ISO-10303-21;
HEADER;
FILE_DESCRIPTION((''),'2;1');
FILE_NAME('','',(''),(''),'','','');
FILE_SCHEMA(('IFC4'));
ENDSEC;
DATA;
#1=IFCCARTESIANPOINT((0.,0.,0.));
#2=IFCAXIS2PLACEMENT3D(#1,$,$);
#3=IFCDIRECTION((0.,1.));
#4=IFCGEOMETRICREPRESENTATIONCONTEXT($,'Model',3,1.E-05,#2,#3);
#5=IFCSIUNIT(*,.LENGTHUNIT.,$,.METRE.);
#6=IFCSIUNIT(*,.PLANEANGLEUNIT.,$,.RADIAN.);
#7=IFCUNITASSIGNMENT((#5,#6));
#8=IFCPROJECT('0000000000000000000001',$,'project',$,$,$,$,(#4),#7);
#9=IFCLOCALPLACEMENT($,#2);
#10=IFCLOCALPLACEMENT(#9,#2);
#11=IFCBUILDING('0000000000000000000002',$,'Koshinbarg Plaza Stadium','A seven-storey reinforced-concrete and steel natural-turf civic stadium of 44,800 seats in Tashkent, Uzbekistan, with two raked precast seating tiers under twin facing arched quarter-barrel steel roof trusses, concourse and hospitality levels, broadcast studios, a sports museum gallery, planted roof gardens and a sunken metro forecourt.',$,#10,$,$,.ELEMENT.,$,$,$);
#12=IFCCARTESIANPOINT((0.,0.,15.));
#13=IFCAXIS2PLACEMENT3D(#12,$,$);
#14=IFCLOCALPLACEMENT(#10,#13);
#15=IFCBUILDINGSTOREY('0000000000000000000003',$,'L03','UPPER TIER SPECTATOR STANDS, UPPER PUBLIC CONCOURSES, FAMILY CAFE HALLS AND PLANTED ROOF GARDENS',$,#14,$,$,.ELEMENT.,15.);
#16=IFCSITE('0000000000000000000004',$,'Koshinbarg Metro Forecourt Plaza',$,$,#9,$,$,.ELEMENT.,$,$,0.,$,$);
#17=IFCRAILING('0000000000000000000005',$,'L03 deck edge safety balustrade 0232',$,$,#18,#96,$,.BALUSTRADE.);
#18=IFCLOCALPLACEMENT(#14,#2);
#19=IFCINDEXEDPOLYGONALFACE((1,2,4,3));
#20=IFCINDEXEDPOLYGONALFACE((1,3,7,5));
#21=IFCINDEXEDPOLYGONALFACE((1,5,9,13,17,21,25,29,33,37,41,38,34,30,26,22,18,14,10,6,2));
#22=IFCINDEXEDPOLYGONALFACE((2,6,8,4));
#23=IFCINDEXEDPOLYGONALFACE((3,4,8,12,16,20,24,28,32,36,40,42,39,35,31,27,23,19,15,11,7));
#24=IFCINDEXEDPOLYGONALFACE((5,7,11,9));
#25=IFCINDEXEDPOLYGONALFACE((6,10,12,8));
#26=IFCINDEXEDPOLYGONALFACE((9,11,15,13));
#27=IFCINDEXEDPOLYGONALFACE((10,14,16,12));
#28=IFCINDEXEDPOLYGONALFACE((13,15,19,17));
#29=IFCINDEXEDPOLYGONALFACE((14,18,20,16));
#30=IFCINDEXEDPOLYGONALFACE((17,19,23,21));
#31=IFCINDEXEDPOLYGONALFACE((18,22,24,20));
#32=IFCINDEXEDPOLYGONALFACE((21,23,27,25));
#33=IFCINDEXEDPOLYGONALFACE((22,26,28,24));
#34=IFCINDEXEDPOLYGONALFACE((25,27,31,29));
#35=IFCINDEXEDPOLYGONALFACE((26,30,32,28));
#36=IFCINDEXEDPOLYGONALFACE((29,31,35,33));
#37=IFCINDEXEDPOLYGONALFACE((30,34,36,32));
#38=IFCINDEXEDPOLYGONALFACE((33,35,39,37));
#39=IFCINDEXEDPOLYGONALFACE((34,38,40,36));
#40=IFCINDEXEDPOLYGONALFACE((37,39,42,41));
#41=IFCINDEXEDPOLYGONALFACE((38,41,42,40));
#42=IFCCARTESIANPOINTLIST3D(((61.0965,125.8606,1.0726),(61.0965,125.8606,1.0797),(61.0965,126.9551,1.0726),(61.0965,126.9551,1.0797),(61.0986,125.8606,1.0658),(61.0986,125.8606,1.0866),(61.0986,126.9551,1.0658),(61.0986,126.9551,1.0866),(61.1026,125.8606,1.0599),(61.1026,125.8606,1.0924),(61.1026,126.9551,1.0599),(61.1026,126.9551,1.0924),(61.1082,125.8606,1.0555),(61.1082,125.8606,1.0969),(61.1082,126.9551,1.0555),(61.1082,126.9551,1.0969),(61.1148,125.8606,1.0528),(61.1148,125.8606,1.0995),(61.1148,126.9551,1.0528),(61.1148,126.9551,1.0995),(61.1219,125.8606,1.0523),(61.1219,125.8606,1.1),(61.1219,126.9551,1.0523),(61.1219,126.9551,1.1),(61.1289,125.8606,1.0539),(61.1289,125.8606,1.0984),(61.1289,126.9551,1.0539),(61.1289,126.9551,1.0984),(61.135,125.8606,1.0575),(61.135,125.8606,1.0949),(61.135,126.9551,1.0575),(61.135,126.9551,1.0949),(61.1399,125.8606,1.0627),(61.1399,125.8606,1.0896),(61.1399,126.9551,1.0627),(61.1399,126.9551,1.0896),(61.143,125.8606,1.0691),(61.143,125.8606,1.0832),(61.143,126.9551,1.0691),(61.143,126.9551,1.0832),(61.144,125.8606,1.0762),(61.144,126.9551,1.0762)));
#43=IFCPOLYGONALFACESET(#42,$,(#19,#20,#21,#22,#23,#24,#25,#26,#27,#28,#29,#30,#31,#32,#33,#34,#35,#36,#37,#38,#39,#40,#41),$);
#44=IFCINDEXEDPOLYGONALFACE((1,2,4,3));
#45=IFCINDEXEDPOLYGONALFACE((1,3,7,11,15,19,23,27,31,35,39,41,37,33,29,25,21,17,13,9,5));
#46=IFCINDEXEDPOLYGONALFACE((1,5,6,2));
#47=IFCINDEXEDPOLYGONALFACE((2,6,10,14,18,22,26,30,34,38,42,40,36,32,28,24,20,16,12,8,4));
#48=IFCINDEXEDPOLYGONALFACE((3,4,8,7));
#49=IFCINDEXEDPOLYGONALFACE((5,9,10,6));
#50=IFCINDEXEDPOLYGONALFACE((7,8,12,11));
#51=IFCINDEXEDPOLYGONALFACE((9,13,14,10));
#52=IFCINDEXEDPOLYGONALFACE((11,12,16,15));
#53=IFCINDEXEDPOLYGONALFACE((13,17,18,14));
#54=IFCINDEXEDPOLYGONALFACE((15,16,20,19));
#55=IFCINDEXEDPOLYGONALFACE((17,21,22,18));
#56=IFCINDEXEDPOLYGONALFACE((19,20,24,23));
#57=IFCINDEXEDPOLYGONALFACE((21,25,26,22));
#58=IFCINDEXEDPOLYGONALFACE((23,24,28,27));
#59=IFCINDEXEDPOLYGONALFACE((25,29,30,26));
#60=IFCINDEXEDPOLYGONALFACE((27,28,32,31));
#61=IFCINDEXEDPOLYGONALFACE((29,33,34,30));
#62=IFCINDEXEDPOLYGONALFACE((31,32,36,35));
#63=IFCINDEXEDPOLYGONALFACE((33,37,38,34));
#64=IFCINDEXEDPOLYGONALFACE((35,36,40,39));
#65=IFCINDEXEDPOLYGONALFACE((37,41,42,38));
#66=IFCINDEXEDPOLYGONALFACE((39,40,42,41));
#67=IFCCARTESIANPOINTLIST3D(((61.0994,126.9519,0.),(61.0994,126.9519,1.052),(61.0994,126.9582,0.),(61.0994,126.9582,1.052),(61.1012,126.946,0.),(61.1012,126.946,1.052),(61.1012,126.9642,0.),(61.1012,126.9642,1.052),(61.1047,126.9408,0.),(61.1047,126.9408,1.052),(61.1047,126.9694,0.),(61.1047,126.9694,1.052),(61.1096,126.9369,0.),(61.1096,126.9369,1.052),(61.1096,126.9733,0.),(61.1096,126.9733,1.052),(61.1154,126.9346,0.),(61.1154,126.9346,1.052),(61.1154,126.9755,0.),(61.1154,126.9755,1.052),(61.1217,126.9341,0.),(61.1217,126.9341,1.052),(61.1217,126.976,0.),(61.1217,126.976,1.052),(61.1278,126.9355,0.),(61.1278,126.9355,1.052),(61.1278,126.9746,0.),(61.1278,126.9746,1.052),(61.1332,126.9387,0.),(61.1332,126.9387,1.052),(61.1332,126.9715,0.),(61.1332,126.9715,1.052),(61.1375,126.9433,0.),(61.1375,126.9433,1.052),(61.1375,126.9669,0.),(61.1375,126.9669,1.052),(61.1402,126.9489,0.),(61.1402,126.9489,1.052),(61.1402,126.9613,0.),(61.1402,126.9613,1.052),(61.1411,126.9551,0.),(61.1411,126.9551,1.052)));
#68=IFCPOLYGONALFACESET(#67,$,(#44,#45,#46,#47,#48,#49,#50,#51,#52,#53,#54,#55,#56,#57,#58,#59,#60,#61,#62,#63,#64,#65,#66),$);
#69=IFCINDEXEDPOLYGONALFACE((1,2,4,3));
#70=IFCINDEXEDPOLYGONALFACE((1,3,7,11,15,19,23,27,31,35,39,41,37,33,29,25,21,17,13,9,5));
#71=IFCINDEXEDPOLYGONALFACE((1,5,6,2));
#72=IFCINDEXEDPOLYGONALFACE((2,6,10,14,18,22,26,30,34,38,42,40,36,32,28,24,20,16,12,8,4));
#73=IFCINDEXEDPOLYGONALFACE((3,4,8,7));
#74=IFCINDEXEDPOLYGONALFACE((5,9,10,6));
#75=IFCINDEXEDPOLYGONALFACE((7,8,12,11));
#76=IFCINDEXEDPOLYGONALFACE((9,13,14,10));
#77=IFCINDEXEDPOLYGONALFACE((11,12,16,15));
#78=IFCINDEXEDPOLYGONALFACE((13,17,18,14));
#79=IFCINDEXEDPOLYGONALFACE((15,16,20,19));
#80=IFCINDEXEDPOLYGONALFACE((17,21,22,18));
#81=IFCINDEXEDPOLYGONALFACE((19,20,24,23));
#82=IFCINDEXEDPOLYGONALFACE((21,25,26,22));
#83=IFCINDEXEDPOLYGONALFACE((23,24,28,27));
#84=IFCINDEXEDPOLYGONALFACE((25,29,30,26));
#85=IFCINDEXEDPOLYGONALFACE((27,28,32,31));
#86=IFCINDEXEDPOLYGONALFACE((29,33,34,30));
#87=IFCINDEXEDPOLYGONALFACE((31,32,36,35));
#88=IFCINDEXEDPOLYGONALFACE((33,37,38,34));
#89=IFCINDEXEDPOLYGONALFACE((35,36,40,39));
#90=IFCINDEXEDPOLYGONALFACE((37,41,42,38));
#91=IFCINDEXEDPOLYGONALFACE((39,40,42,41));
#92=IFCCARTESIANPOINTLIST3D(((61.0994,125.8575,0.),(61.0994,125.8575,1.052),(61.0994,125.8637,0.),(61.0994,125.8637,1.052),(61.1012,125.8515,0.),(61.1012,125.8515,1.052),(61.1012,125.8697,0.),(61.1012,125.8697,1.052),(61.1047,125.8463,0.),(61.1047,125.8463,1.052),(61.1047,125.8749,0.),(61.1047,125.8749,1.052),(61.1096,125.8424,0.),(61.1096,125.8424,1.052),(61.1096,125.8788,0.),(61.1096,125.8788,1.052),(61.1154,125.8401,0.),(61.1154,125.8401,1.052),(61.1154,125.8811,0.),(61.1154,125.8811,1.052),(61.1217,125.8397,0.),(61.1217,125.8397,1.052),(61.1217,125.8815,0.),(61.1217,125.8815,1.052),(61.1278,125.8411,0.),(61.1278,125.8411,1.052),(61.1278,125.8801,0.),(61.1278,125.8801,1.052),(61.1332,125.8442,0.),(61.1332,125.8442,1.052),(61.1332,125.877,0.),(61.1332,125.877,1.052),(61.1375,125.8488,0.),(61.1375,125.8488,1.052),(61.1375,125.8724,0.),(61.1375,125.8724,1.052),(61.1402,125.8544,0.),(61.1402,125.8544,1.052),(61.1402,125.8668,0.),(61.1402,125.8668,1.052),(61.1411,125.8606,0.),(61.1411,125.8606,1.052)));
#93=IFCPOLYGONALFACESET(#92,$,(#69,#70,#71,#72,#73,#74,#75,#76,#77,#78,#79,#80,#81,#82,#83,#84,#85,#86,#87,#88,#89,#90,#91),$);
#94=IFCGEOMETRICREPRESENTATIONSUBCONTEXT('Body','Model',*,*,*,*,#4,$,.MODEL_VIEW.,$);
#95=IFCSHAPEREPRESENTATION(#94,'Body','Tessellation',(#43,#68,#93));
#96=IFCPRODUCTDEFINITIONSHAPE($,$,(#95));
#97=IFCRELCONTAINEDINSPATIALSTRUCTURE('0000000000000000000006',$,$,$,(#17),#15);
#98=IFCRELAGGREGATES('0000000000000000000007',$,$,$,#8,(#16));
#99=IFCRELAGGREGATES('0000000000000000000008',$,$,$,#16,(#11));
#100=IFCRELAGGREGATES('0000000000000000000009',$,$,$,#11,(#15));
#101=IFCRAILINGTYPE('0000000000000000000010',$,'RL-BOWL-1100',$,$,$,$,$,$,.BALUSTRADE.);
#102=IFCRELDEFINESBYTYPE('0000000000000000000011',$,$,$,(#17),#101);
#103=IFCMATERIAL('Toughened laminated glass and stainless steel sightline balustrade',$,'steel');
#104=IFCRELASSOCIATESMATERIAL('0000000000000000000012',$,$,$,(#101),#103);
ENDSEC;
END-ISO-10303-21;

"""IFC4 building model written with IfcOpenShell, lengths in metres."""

from ifc_helpers import new_model, si_unit, direction, frame, origin, origin_2d, place, context, subcontext, project, spatial, circle, extrude, material, type_object, element, save


model = new_model("IFC4")

# Units and contexts
model_context = context("Model", 3, precision=1e-05, world=origin(), true_north=direction((0.0, 1.0)))
body_context = subcontext(model_context, "Body", "Model", "MODEL_VIEW")
ifc_project = project(units=[si_unit("LENGTHUNIT", "METRE"), si_unit("PLANEANGLEUNIT", "RADIAN")], contexts=[model_context])

# Site, building, storey
site_placement = place(None, origin())
site = spatial("IfcSite", under=ifc_project, at=site_placement, Name="Koshinbarg Metro Forecourt Plaza", CompositionType="ELEMENT", RefElevation=0.0)
building_placement = place(site_placement, origin())
building = spatial("IfcBuilding", under=site, at=building_placement, Name="Koshinbarg Plaza Stadium", Description="A seven-storey reinforced-concrete and steel natural-turf civic stadium of 44,800 seats in Tashkent, Uzbekistan, with two raked precast seating tiers under twin facing arched quarter-barrel steel roof trusses, concourse and hospitality levels, broadcast studios, a sports museum gallery, planted roof gardens and a sunken metro forecourt.", CompositionType="ELEMENT")
storey_placement = place(building_placement, frame((0.0, 0.0, 15.0)))
storey = spatial("IfcBuildingStorey", under=building, at=storey_placement, Name="L03", Description="UPPER TIER SPECTATOR STANDS, UPPER PUBLIC CONCOURSES, FAMILY CAFE HALLS AND PLANTED ROOF GARDENS", CompositionType="ELEMENT", Elevation=15.0)

# Railing
ifc_material_1 = material(Name="Toughened laminated glass and stainless steel sightline balustrade", Category="steel")
railing_type_1 = type_object("IfcRailingType", Name="RL-BOWL-1100", PredefinedType="BALUSTRADE", material=ifc_material_1)
railing_1_placement = place(storey_placement, frame((61.1201, 126.9551, 0.0)))
element("IfcRailing", 1, at=railing_1_placement, inside=storey, type_object=railing_type_1, Name="L03 deck edge safety balustrade 0232", PredefinedType="BALUSTRADE", context=body_context, shape_type="SweptSolid", body=[
    extrude(circle(Radius=0.0239, at=origin_2d()), frame((0.0, 0.0, 1.0762), z_axis=(0.0, -1.0, 0.0), x_axis=(1.0, 0.0, 0.0)), (0.0, 0.0, 1.0), 1.0945),
    extrude(circle(Radius=0.021, at=origin_2d()), origin(), (0.0, 0.0, 1.0), 1.052),
    extrude(circle(Radius=0.021, at=origin_2d()), frame((0.0, -1.0945, 0.0)), (0.0, 0.0, 1.0), 1.052),
])

save(model, "model.ifc")
